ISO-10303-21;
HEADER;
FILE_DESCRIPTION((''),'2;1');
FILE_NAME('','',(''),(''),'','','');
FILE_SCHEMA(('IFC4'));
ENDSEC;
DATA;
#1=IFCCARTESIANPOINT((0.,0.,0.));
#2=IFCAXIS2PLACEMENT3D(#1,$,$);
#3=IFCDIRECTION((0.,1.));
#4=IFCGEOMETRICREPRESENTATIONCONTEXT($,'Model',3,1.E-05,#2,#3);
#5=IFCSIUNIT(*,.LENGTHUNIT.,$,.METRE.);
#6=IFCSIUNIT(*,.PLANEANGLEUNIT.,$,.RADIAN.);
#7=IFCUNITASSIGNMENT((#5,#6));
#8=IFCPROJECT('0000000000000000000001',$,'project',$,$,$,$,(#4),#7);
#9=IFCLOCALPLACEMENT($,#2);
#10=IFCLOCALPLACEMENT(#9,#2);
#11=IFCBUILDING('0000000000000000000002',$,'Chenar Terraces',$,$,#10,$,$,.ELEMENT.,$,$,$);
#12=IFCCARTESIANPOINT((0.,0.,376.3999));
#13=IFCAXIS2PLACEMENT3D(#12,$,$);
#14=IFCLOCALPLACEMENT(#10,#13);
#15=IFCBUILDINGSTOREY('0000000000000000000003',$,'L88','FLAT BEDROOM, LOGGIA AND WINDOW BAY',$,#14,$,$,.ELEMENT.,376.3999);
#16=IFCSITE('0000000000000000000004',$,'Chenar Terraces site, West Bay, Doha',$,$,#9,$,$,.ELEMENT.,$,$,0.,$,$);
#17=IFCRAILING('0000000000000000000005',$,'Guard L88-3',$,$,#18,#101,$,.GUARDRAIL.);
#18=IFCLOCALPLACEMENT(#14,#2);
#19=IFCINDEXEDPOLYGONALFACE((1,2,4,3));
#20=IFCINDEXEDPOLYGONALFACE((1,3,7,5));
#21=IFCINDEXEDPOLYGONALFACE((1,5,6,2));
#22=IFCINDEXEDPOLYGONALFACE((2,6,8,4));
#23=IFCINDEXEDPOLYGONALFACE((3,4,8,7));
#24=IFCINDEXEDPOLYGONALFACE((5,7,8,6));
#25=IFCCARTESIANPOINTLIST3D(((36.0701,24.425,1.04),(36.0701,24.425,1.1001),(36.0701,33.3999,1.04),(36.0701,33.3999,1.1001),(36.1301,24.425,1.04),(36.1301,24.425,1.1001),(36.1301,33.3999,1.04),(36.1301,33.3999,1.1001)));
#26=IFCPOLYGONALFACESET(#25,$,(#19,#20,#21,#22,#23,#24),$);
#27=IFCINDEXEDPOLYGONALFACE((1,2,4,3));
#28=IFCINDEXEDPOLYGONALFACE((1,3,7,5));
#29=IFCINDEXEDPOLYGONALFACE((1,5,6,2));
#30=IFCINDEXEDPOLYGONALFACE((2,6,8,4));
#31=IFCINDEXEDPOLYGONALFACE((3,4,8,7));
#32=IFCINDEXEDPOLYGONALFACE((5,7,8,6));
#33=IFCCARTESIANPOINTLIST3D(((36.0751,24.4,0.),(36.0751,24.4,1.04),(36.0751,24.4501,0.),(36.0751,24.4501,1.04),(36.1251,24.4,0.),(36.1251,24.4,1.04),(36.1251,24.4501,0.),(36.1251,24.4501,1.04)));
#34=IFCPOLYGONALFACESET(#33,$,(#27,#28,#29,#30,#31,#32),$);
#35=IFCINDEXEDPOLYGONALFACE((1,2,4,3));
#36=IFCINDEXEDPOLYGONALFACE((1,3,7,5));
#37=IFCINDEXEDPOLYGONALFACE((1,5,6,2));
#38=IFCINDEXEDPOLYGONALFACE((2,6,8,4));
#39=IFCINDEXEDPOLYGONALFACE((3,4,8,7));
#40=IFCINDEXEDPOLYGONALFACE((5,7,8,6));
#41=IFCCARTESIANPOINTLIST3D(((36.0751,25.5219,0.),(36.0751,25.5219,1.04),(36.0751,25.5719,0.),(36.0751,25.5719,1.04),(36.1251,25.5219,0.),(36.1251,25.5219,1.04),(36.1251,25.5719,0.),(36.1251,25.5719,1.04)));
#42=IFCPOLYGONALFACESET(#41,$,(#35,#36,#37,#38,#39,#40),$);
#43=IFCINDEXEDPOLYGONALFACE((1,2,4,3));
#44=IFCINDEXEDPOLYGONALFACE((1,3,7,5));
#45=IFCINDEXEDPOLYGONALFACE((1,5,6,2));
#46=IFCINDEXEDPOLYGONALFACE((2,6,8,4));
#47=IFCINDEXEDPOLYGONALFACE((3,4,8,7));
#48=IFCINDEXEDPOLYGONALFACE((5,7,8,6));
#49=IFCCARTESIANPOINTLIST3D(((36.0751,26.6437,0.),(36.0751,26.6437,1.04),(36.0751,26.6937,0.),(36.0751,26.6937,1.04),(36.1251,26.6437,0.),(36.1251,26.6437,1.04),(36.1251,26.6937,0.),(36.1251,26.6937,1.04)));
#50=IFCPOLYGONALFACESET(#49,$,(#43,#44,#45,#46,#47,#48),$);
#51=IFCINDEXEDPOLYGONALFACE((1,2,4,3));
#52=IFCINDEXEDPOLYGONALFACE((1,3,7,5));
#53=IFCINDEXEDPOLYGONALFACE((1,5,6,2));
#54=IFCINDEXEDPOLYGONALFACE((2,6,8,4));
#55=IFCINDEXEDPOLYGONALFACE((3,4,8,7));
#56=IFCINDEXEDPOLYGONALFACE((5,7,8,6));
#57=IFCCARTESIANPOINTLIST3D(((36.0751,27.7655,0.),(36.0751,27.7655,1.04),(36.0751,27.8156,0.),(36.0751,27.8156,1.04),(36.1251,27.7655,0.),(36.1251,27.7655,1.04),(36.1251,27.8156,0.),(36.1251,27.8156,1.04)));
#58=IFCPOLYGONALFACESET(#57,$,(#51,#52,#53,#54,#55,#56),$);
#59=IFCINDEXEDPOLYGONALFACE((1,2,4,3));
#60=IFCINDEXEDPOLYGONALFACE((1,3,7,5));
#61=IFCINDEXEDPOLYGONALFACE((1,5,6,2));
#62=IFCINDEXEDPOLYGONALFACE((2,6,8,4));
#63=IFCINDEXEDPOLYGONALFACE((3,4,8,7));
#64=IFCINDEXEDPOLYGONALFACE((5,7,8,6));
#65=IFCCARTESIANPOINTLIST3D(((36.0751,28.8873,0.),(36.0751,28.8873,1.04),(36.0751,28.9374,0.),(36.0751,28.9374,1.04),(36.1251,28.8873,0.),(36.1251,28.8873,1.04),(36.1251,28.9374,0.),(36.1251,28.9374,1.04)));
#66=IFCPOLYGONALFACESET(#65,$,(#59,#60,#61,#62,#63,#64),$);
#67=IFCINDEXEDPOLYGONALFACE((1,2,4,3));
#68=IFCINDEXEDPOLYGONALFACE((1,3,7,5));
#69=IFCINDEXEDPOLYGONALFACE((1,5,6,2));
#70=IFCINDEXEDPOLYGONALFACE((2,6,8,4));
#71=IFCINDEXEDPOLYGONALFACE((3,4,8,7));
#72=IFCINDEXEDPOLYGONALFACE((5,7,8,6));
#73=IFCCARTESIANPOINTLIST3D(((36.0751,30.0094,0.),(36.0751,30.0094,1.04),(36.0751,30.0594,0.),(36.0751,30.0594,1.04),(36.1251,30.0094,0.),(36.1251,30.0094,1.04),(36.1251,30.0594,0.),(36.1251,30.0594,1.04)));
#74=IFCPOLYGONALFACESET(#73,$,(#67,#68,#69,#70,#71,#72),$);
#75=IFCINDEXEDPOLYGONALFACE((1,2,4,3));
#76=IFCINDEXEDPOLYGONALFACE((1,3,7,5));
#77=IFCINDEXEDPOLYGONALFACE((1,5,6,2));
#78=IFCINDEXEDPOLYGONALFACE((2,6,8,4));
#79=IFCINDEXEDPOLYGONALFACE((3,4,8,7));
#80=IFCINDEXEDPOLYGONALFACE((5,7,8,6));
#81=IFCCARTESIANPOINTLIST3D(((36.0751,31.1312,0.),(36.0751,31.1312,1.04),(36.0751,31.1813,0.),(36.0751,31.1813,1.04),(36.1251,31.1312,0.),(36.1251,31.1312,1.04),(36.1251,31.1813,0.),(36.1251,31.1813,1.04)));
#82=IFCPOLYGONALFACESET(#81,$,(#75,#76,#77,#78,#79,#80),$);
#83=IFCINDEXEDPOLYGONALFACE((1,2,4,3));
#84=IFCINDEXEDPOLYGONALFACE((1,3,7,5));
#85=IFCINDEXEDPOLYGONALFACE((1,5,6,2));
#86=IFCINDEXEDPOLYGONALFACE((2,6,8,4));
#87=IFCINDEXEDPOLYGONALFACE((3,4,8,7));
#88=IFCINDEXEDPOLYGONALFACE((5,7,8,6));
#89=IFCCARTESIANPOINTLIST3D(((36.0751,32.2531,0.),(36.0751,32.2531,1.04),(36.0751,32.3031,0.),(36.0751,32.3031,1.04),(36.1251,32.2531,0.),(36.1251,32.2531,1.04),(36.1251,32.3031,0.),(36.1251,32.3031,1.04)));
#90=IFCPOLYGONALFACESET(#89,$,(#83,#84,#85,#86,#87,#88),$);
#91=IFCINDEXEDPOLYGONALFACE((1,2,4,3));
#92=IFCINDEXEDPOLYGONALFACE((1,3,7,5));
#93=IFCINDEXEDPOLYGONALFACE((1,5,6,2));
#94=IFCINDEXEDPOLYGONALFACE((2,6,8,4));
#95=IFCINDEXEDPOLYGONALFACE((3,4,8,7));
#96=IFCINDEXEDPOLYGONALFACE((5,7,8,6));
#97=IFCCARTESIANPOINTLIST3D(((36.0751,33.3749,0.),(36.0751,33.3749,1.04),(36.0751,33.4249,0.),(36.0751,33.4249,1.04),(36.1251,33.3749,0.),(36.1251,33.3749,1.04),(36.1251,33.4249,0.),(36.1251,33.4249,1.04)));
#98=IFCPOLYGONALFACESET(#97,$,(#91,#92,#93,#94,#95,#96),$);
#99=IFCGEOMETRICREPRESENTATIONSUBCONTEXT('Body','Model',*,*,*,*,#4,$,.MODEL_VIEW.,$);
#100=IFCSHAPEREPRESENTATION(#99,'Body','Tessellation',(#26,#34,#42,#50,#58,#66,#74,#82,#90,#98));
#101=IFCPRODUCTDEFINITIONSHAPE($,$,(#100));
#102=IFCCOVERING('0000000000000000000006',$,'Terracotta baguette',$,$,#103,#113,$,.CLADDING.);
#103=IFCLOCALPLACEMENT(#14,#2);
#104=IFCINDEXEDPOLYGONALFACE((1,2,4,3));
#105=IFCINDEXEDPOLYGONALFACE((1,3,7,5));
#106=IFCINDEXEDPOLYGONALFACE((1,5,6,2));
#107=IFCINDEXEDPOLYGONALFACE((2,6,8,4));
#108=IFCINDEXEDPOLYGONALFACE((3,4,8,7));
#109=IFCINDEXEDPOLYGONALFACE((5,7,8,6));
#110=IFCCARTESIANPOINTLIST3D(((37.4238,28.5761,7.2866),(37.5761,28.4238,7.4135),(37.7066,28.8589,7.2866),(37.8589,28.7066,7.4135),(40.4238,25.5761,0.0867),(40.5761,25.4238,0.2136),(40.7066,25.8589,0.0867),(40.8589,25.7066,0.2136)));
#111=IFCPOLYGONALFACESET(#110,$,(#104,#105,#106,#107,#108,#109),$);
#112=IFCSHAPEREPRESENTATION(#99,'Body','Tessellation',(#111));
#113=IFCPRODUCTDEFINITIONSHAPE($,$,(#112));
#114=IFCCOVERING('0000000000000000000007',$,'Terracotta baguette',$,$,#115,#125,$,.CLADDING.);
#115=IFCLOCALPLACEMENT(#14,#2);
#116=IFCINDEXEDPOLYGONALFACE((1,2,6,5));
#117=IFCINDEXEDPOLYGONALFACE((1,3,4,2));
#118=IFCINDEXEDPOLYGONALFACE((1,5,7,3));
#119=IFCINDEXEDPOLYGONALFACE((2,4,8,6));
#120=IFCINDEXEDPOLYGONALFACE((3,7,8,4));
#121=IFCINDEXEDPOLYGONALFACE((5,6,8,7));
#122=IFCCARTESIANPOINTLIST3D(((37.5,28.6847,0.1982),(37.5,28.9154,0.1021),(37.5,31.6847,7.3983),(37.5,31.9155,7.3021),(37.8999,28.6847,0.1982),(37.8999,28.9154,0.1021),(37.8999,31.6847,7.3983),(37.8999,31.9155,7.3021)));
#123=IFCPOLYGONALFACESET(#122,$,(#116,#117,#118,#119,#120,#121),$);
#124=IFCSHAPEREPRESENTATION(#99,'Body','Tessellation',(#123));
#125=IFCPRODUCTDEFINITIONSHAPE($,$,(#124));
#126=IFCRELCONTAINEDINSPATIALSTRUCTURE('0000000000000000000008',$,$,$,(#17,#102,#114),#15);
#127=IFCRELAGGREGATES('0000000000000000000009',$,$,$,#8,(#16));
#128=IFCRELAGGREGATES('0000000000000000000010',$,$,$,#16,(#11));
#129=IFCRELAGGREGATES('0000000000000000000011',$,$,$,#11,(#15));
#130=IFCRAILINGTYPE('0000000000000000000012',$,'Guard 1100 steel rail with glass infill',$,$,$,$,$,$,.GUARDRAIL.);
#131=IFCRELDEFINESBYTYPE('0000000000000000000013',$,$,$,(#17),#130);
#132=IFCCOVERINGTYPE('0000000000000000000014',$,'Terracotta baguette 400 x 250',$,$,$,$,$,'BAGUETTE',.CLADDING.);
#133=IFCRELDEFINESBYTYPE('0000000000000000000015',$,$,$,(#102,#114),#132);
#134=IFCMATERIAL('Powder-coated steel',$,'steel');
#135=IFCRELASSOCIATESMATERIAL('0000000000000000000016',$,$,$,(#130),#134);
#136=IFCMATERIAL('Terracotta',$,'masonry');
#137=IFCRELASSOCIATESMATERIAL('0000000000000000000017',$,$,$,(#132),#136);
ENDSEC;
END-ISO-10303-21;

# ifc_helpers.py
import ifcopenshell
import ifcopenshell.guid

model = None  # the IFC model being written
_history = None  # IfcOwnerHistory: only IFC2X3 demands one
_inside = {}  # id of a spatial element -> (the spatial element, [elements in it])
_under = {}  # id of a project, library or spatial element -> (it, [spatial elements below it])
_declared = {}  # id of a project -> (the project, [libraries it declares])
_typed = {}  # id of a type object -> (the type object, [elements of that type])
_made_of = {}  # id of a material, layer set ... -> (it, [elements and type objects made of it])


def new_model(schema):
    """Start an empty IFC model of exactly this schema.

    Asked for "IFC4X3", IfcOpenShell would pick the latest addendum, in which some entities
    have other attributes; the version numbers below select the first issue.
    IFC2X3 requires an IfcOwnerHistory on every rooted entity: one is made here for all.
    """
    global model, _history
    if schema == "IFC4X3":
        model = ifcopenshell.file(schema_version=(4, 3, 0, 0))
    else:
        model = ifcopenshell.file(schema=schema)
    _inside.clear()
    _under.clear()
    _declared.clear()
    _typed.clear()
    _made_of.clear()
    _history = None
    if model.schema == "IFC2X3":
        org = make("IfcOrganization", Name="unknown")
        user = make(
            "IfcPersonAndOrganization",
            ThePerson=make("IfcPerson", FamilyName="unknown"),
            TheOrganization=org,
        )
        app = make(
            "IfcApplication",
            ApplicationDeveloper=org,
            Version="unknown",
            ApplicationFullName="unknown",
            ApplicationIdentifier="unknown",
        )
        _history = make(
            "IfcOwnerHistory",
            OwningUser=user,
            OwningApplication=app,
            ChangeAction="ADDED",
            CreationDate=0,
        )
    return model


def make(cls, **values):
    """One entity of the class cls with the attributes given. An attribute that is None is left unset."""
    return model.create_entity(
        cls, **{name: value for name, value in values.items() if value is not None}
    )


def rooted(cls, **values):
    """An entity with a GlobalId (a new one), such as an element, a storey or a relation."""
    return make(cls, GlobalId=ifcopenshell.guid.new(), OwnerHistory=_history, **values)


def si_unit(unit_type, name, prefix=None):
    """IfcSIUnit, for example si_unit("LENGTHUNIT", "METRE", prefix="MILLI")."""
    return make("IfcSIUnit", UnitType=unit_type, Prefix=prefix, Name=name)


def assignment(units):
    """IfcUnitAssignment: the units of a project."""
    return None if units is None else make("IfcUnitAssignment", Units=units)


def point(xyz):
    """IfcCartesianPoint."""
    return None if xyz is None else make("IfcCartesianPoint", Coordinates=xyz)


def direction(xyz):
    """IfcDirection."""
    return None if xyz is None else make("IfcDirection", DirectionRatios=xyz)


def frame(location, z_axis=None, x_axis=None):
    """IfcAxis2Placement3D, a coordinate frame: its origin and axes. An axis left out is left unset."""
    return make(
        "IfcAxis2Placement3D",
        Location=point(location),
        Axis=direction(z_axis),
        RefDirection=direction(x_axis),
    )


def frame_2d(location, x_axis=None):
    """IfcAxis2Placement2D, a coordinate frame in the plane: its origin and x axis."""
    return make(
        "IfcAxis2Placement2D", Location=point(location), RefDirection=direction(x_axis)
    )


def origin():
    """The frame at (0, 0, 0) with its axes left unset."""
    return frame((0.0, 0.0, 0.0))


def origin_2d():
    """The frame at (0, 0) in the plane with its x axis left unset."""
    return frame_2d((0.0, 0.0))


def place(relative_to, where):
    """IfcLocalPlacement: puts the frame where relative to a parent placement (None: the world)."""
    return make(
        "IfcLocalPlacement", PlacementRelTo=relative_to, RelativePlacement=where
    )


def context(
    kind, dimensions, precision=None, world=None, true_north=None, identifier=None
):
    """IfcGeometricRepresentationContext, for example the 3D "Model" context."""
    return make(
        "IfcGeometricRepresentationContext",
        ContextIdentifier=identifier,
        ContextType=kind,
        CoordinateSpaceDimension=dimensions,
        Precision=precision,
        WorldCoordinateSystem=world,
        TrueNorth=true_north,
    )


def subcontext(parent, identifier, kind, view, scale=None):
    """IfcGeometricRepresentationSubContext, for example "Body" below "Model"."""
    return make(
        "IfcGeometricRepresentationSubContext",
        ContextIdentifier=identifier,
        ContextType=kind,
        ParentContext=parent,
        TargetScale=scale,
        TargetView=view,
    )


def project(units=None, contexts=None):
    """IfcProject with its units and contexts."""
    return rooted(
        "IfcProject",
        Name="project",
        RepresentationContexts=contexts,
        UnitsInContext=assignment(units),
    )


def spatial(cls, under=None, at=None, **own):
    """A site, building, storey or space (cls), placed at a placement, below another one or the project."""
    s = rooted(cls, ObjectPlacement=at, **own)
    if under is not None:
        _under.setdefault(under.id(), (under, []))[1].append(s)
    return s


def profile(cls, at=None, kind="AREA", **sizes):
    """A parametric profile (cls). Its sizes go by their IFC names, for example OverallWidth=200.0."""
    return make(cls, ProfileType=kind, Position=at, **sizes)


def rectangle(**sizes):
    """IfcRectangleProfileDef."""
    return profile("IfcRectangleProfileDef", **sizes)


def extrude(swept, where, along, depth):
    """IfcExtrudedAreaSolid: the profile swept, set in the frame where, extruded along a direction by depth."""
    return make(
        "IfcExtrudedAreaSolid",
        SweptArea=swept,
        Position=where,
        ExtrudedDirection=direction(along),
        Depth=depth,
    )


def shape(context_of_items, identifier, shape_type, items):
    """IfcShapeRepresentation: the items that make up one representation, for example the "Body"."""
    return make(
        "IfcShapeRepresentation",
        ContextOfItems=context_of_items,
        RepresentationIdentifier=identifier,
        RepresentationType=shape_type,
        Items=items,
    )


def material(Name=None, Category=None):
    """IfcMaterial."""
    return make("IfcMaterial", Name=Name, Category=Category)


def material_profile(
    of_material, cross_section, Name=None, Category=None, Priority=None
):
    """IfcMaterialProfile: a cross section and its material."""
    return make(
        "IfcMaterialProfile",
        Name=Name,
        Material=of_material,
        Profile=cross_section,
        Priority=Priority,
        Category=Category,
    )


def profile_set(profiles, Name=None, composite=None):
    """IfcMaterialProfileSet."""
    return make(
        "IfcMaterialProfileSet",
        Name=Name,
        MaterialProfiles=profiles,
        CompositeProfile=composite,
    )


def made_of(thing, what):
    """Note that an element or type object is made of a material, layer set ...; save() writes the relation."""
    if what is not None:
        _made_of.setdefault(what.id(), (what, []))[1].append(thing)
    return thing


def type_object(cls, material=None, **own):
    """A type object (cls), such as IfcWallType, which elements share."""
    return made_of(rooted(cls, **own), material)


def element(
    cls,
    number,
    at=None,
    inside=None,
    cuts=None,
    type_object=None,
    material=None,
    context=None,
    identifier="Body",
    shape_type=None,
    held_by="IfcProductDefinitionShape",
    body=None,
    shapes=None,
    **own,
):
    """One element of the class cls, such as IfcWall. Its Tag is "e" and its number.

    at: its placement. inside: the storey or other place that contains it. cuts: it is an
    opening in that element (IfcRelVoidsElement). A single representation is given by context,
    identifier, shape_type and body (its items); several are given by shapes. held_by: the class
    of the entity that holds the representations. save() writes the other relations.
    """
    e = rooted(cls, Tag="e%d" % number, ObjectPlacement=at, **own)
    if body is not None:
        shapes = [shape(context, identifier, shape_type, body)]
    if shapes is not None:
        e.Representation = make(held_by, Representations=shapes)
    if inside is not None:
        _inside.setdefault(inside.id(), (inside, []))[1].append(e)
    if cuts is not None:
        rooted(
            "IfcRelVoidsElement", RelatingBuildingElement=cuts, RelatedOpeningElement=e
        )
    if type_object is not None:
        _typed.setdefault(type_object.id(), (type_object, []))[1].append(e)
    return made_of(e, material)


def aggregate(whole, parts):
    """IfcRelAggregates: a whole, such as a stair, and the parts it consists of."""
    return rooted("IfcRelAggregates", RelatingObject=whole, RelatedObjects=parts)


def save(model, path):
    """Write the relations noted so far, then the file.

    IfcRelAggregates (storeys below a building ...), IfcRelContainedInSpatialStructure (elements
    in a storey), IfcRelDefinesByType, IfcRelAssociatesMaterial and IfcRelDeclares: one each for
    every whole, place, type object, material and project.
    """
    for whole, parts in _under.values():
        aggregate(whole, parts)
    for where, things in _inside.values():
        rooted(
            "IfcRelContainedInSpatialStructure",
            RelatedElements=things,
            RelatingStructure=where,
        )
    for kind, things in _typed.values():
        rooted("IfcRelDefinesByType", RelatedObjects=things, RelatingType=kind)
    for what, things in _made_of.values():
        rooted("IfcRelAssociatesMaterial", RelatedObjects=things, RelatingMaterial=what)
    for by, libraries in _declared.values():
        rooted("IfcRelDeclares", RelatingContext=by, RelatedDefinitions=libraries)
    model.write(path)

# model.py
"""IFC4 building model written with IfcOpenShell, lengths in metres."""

from ifc_helpers import new_model, si_unit, direction, frame, origin, origin_2d, place, context, subcontext, project, spatial, rectangle, extrude, material, material_profile, profile_set, type_object, element, save


model = new_model("IFC4")

# Units and contexts
model_context = context("Model", 3, precision=1e-05, world=origin(), true_north=direction((0.0, 1.0)))
body_context = subcontext(model_context, "Body", "Model", "MODEL_VIEW")
ifc_project = project(units=[si_unit("LENGTHUNIT", "METRE"), si_unit("PLANEANGLEUNIT", "RADIAN")], contexts=[model_context])

# Site, building, storey
site_placement = place(None, origin())
site = spatial("IfcSite", under=ifc_project, at=site_placement, Name="Chenar Terraces site, West Bay, Doha", CompositionType="ELEMENT", RefElevation=0.0)
building_placement = place(site_placement, origin())
building = spatial("IfcBuilding", under=site, at=building_placement, Name="Chenar Terraces", CompositionType="ELEMENT")
storey_placement = place(building_placement, frame((0.0, 0.0, 376.3999)))
storey = spatial("IfcBuildingStorey", under=building, at=storey_placement, Name="L88", Description="FLAT BEDROOM, LOGGIA AND WINDOW BAY", CompositionType="ELEMENT", Elevation=376.3999)

# Railing
ifc_material_1 = material(Name="Powder-coated steel", Category="steel")
railing_type = type_object("IfcRailingType", Name="Guard 1100 steel rail with glass infill", PredefinedType="GUARDRAIL", material=ifc_material_1)
railing_placement = place(storey_placement, frame((36.1001, 24.425, 0.0)))
element("IfcRailing", 1, at=railing_placement, inside=storey, type_object=railing_type, Name="Guard L88-3", PredefinedType="GUARDRAIL", context=body_context, shape_type="SweptSolid", body=[
    extrude(rectangle(XDim=0.0601, YDim=0.0601, at=origin_2d()), frame((0.0, 0.0, 1.0701), z_axis=(0.0, 1.0, 0.0), x_axis=(-1.0, 0.0, 0.0)), (0.0, 0.0, 1.0), 8.9749),
    extrude(rectangle(XDim=0.05, YDim=0.05, at=origin_2d()), origin(), (0.0, 0.0, 1.0), 1.04),
    extrude(rectangle(XDim=0.05, YDim=0.05, at=origin_2d()), frame((0.0, 1.1218, 0.0)), (0.0, 0.0, 1.0), 1.04),
    extrude(rectangle(XDim=0.05, YDim=0.05, at=origin_2d()), frame((0.0, 2.2437, 0.0)), (0.0, 0.0, 1.0), 1.04),
    extrude(rectangle(XDim=0.05, YDim=0.05, at=origin_2d()), frame((0.0, 3.3655, 0.0)), (0.0, 0.0, 1.0), 1.04),
    extrude(rectangle(XDim=0.05, YDim=0.05, at=origin_2d()), frame((0.0, 4.4873, 0.0)), (0.0, 0.0, 1.0), 1.04),
    extrude(rectangle(XDim=0.05, YDim=0.05, at=origin_2d()), frame((0.0, 5.6094, 0.0)), (0.0, 0.0, 1.0), 1.04),
    extrude(rectangle(XDim=0.05, YDim=0.05, at=origin_2d()), frame((0.0, 6.7312, 0.0)), (0.0, 0.0, 1.0), 1.04),
    extrude(rectangle(XDim=0.05, YDim=0.05, at=origin_2d()), frame((0.0, 7.853, 0.0)), (0.0, 0.0, 1.0), 1.04),
    extrude(rectangle(XDim=0.05, YDim=0.05, at=origin_2d()), frame((0.0, 8.9749, 0.0)), (0.0, 0.0, 1.0), 1.04),
])

# Coverings
ifc_material_2 = material(Name="Terracotta", Category="masonry")
ifc_material_profile_1 = material_profile(ifc_material_2, rectangle(XDim=0.3999, YDim=0.25, at=origin_2d()), Name="Terracotta baguette 400 x 250")
ifc_profile_set_1 = profile_set([ifc_material_profile_1], Name="Terracotta")
covering_type = type_object("IfcCoveringType", Name="Terracotta baguette 400 x 250", ElementType="BAGUETTE", PredefinedType="CLADDING", material=ifc_profile_set_1)
covering_1_placement = place(storey_placement, frame((40.6414, 25.6414, 0.1501), z_axis=(-0.358981, 0.358981, 0.861548), x_axis=(-0.707107, -0.707107, 0.0)))
element("IfcCovering", 2, at=covering_1_placement, inside=storey, type_object=covering_type, Name="Terracotta baguette", PredefinedType="CLADDING", context=body_context, shape_type="SweptSolid", body=[
    extrude(rectangle(XDim=0.3999, YDim=0.25, at=origin_2d()), origin(), (0.0, 0.0, 1.0), 8.3569),
])
covering_2_placement = place(storey_placement, frame((37.7, 28.8, 0.1501), z_axis=(0.0, 0.384618, 0.923076), x_axis=(-1.0, 0.0, 0.0)))
element("IfcCovering", 3, at=covering_2_placement, inside=storey, type_object=covering_type, Name="Terracotta baguette", PredefinedType="CLADDING", context=body_context, shape_type="SweptSolid", body=[
    extrude(rectangle(XDim=0.3999, YDim=0.25, at=origin_2d()), origin(), (0.0, 0.0, 1.0), 7.8),
])

save(model, "model.ifc")
